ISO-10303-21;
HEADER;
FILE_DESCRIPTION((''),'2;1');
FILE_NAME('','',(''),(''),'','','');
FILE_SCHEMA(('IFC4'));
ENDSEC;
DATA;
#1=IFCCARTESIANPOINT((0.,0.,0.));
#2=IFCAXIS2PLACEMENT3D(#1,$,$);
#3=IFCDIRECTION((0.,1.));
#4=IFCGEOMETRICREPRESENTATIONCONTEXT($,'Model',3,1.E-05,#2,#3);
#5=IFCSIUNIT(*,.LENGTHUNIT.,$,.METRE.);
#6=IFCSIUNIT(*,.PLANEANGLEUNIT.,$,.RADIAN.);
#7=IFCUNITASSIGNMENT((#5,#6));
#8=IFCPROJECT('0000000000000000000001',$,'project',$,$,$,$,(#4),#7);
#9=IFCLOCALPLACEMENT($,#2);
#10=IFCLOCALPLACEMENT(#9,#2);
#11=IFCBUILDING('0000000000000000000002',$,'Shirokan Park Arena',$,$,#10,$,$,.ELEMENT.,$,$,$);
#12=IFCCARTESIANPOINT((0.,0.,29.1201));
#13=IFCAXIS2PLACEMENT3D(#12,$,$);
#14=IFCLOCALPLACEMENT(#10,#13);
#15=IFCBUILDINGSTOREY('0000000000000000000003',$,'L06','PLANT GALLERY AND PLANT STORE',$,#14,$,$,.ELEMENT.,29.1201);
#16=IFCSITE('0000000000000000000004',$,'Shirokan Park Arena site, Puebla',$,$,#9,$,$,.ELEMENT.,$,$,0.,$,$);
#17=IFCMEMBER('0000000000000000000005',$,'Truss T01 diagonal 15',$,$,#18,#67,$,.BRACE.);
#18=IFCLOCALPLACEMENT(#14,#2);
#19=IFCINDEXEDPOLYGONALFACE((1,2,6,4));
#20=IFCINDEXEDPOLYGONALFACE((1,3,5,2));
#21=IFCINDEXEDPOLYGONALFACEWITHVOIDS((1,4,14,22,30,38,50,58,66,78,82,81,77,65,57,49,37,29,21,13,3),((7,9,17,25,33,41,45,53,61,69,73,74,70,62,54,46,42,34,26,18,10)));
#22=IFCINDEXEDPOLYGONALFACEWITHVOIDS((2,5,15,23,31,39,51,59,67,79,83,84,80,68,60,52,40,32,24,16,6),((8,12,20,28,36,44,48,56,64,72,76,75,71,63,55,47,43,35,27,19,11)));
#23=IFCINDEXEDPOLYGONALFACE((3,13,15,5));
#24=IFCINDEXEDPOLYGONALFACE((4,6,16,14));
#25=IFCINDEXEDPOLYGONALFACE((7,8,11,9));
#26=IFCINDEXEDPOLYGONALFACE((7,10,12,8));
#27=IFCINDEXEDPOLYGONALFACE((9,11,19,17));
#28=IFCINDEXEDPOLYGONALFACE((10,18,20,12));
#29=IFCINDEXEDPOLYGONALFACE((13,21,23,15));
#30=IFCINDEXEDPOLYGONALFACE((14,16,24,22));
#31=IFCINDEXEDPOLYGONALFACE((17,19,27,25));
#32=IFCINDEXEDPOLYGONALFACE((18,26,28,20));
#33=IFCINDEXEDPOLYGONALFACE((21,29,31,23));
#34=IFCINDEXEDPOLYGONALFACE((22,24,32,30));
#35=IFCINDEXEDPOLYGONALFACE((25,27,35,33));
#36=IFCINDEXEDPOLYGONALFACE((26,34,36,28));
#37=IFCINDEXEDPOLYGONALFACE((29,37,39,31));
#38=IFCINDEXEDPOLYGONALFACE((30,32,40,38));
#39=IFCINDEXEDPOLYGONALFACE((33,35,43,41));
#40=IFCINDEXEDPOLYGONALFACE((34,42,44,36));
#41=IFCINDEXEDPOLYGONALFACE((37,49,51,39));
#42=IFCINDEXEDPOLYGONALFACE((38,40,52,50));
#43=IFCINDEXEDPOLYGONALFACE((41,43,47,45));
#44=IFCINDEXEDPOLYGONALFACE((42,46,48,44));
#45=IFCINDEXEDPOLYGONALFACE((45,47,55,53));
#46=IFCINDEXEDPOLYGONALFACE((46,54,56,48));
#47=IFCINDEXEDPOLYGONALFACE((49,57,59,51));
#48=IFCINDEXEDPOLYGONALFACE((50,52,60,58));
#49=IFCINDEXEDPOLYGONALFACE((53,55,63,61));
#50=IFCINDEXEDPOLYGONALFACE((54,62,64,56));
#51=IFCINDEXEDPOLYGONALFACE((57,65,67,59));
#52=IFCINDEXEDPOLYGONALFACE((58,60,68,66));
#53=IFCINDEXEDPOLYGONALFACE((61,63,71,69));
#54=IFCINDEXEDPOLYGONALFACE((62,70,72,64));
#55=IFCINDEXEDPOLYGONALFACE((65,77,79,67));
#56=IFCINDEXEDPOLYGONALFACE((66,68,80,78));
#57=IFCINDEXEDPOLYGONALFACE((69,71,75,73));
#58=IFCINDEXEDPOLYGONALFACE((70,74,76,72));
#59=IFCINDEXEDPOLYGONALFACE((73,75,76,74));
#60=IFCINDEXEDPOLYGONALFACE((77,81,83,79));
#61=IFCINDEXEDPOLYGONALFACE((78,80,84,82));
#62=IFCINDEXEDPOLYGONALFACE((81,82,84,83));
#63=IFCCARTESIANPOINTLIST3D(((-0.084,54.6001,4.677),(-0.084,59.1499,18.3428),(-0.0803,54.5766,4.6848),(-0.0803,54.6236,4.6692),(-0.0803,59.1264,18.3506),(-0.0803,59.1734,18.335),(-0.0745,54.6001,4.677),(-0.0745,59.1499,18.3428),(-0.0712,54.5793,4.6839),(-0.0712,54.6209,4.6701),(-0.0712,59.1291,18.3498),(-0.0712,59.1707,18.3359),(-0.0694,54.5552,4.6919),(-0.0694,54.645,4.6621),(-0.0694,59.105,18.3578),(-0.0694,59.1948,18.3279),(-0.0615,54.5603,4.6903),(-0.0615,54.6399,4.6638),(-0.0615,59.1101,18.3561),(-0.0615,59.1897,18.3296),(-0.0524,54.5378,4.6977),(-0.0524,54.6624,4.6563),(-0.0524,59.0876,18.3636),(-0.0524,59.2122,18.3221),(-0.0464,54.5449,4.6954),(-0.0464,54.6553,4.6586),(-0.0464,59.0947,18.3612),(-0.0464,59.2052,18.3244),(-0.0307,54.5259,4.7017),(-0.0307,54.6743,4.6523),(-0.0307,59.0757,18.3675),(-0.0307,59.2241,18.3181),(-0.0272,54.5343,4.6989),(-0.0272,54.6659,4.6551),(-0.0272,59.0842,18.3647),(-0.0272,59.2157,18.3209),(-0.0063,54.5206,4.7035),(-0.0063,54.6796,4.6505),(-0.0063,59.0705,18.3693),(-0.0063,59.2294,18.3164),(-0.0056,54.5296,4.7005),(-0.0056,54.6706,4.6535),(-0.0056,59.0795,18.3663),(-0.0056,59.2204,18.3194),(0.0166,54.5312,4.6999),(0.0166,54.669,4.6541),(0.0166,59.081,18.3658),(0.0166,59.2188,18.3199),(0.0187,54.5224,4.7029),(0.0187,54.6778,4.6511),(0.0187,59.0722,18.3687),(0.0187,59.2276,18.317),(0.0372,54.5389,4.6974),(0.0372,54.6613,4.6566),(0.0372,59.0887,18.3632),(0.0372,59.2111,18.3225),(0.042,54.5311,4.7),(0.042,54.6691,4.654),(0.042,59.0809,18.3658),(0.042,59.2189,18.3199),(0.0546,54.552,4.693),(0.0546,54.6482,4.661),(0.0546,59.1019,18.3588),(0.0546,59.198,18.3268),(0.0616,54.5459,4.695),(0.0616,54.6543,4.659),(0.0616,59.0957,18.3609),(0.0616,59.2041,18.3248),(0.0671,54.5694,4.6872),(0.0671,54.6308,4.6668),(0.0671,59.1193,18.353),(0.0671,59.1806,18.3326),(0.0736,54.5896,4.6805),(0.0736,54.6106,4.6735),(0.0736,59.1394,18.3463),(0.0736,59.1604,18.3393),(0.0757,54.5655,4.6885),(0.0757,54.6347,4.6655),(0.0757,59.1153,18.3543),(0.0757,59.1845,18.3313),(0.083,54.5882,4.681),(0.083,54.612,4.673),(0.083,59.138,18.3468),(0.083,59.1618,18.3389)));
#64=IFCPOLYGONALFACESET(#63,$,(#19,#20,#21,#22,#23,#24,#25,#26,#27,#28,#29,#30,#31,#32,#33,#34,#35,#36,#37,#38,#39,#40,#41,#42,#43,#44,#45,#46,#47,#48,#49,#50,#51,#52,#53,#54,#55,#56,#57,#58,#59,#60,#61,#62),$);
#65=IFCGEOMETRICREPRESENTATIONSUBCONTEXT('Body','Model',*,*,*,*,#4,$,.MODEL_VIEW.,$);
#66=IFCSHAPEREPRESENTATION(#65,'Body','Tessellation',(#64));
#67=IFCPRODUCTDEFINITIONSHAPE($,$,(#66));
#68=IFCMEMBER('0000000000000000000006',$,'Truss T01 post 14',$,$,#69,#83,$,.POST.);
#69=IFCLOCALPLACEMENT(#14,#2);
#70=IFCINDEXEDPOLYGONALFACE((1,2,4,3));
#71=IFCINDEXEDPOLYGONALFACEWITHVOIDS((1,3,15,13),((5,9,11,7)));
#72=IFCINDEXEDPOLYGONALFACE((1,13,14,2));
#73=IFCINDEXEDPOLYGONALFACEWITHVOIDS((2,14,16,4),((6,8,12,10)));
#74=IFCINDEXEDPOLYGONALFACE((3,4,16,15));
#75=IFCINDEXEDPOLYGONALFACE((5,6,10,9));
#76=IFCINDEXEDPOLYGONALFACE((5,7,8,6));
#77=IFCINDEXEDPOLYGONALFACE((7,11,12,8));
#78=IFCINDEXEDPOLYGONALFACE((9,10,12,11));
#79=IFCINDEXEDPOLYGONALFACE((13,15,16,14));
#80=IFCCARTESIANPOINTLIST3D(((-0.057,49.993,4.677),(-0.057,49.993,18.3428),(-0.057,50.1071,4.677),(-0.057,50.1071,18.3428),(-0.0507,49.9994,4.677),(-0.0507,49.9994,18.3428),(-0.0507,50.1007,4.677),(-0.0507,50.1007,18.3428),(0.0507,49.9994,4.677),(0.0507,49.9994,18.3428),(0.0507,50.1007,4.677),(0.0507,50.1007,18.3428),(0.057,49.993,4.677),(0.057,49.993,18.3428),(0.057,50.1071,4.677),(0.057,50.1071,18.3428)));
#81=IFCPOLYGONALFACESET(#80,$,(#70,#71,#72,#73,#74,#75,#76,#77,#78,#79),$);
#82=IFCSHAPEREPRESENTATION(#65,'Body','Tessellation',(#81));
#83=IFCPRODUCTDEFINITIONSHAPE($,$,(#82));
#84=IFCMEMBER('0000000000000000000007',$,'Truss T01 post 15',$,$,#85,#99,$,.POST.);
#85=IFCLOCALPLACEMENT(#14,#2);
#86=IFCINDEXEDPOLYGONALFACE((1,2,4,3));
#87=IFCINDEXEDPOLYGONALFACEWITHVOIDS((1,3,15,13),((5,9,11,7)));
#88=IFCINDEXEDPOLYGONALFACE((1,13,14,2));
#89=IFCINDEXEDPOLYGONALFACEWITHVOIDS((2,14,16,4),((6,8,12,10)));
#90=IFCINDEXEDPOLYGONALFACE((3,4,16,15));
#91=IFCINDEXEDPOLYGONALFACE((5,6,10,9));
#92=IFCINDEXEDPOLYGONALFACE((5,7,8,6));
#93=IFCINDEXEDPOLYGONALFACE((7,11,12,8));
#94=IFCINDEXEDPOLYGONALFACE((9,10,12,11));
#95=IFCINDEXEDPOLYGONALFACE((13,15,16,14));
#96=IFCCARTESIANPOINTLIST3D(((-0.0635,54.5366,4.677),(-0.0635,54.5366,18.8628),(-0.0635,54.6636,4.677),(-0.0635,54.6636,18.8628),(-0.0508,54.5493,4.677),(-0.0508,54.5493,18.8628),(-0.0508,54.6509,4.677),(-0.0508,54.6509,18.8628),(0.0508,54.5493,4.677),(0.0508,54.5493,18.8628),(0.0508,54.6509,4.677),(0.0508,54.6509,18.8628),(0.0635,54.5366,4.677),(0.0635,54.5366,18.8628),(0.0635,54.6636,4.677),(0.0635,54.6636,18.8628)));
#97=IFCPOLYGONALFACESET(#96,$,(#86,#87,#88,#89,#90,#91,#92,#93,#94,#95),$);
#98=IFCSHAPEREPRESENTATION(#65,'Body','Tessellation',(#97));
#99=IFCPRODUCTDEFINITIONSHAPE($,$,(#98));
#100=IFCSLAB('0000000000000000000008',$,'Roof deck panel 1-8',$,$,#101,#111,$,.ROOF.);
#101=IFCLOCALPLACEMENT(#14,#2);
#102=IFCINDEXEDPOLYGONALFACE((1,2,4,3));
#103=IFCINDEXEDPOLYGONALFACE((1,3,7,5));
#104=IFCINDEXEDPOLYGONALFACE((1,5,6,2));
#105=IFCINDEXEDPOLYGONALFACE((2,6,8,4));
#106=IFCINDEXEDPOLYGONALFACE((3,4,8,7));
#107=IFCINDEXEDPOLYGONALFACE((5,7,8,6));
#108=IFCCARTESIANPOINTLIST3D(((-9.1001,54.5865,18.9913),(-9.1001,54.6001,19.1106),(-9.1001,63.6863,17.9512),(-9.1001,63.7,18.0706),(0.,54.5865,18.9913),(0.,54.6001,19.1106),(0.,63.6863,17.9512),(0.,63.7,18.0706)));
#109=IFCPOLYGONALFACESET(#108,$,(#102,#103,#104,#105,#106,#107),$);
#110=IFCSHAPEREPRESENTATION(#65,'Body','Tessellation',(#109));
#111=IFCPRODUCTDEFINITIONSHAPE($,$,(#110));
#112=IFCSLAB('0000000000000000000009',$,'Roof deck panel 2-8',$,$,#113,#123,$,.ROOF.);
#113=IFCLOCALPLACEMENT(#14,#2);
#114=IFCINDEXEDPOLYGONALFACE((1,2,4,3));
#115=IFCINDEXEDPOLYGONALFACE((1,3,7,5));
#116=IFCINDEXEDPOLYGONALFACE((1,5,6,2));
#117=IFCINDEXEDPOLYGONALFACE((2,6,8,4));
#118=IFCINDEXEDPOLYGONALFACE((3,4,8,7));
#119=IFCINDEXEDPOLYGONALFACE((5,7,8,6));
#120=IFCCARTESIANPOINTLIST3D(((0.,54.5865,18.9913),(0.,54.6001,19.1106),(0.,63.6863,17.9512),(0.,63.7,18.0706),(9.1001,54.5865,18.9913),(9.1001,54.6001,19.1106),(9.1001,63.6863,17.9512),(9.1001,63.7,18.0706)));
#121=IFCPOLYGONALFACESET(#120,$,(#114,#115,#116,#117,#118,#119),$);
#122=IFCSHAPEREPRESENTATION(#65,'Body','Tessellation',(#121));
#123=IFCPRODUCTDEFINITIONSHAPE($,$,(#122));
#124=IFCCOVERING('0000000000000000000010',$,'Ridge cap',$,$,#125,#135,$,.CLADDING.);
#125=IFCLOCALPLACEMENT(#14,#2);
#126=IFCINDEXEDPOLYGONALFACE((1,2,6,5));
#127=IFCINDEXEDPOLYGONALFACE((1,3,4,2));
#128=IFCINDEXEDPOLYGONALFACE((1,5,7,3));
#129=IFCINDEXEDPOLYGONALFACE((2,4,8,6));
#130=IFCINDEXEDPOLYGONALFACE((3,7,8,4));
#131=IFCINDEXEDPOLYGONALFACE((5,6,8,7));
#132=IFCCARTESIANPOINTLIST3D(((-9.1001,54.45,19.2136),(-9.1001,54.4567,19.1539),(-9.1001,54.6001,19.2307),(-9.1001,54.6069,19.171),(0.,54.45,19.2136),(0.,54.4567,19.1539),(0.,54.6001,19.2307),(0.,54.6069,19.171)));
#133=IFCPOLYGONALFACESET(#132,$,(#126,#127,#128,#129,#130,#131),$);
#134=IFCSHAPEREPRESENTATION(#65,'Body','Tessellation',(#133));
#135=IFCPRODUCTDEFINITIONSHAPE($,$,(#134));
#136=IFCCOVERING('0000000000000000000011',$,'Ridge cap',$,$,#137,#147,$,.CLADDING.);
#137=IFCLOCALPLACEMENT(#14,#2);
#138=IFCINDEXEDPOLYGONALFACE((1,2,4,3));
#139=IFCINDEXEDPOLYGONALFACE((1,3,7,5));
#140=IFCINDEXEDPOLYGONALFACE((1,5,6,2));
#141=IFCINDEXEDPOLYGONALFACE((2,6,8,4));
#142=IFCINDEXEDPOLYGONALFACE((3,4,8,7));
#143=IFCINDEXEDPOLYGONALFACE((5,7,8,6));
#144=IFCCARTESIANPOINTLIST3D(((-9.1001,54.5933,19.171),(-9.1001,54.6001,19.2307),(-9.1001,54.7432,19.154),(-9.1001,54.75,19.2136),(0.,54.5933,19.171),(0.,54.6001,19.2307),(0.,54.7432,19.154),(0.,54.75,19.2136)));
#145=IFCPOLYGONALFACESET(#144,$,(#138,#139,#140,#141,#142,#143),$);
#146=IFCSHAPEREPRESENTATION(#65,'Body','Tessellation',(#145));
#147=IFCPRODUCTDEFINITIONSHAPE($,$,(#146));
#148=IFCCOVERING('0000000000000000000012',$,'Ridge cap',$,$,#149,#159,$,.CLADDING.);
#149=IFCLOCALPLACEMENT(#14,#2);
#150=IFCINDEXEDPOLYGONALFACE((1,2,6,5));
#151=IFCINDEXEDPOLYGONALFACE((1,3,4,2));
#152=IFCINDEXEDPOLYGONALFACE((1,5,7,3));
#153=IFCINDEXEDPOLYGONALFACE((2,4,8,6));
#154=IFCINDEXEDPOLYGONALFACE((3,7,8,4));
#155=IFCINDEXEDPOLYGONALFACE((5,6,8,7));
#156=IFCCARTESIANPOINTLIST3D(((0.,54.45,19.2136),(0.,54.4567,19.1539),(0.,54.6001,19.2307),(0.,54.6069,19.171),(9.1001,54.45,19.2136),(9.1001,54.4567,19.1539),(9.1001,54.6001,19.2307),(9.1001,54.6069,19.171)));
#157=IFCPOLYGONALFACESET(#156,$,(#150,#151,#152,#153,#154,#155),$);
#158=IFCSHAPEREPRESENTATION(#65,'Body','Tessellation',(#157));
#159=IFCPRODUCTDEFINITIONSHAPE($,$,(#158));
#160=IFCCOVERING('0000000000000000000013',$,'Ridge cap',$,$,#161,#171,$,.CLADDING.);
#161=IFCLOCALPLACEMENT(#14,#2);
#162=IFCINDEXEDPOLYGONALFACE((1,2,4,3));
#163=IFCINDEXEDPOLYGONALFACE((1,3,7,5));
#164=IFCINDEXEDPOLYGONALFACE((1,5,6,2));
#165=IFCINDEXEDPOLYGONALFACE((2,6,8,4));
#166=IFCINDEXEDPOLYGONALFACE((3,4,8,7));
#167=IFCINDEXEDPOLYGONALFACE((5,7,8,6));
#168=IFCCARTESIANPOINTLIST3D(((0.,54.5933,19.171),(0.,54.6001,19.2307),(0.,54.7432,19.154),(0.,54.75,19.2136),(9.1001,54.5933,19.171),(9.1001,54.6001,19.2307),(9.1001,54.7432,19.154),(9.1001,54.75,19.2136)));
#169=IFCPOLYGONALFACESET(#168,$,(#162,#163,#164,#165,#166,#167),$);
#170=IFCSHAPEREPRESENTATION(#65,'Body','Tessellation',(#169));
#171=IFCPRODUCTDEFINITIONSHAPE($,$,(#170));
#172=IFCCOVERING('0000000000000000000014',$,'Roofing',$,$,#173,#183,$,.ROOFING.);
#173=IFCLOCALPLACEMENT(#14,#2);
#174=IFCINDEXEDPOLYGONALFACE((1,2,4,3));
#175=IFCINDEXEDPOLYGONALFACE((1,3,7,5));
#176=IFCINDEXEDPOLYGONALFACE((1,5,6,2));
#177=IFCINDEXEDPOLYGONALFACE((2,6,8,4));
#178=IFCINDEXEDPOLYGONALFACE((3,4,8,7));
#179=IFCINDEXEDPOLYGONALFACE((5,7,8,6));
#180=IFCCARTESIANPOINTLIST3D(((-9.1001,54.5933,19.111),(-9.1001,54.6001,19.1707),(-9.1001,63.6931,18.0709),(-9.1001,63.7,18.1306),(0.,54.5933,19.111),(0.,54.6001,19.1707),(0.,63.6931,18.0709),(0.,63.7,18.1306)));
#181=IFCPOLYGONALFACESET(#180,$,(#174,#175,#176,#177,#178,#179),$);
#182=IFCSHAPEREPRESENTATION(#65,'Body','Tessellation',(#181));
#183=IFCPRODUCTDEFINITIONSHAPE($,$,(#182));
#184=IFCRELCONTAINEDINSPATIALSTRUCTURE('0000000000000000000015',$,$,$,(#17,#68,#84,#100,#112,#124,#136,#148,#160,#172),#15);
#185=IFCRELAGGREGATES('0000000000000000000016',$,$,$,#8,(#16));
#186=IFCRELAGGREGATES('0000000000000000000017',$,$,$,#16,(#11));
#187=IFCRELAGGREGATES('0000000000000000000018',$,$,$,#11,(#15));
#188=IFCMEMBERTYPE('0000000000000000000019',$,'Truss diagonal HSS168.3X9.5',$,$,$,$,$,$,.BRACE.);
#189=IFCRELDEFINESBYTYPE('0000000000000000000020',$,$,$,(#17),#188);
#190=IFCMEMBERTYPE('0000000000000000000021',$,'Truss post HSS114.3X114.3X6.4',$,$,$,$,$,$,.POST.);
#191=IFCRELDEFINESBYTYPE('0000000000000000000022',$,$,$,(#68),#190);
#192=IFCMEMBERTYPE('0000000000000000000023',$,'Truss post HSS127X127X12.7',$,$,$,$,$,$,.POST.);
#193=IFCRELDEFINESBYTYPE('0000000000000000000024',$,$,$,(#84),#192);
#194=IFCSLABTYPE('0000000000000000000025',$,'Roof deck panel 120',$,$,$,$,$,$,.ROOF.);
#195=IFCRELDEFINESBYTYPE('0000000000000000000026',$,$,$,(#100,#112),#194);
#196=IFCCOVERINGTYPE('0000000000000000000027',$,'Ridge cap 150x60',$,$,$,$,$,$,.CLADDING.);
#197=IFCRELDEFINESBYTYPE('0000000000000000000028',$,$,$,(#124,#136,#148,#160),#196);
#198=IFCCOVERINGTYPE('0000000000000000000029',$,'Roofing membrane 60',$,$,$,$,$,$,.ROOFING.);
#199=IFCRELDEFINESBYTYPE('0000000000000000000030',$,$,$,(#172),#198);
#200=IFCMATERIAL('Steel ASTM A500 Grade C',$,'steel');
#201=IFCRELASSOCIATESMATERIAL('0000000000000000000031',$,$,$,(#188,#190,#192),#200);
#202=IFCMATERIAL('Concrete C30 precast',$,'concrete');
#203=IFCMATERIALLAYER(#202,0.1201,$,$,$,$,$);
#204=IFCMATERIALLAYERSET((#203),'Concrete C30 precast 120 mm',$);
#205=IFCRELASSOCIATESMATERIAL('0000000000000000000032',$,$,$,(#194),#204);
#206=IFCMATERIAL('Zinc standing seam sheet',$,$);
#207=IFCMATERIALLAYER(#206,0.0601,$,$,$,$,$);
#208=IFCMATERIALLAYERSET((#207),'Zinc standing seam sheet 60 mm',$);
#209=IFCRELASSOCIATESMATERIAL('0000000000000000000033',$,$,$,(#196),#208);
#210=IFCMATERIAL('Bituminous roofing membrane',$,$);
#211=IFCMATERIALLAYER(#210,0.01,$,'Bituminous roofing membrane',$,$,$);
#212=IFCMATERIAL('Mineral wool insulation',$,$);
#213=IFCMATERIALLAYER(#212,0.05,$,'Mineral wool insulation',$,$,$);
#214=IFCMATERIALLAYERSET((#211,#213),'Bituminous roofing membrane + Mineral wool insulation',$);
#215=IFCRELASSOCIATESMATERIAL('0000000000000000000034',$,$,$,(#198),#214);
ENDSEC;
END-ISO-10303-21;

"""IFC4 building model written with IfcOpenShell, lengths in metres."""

from ifc_helpers import new_model, si_unit, direction, frame, origin, origin_2d, place, context, subcontext, project, spatial, polyline, hollow_rectangle, hollow_circle, outline, extrude, material, layer, layer_set, material_profile, profile_set, type_object, element, save


model = new_model("IFC4")

# Units and contexts
model_context = context("Model", 3, precision=1e-05, world=origin(), true_north=direction((0.0, 1.0)))
body_context = subcontext(model_context, "Body", "Model", "MODEL_VIEW")
ifc_project = project(units=[si_unit("LENGTHUNIT", "METRE"), si_unit("PLANEANGLEUNIT", "RADIAN")], contexts=[model_context])

# Site, building, storey
site_placement = place(None, origin())
site = spatial("IfcSite", under=ifc_project, at=site_placement, Name="Shirokan Park Arena site, Puebla", CompositionType="ELEMENT", RefElevation=0.0)
building_placement = place(site_placement, origin())
building = spatial("IfcBuilding", under=site, at=building_placement, Name="Shirokan Park Arena", CompositionType="ELEMENT")
storey_placement = place(building_placement, frame((0.0, 0.0, 29.1201)))
storey = spatial("IfcBuildingStorey", under=building, at=storey_placement, Name="L06", Description="PLANT GALLERY AND PLANT STORE", CompositionType="ELEMENT", Elevation=29.1201)

# Shared definitions
ifc_material_1 = material(Name="Steel ASTM A500 Grade C", Category="steel")

# Members
ifc_material_profile_1 = material_profile(ifc_material_1, hollow_circle(Radius=0.084, WallThickness=0.0095, at=origin_2d()), Name="HSS168.3X9.5")
ifc_profile_set_1 = profile_set([ifc_material_profile_1], Name="Steel ASTM A500 Grade C")
member_type_1 = type_object("IfcMemberType", Name="Truss diagonal HSS168.3X9.5", PredefinedType="BRACE", material=ifc_profile_set_1)
for number, where, z_axis, x_axis, name in (
    (1, (0.0, 54.6001, 4.677), (0.0, 0.315887, 0.948797), (-1.0, 0.0, 0.0), "Truss T01 diagonal 15"),
):
    element("IfcMember", number, at=place(storey_placement, frame(where, z_axis=z_axis, x_axis=x_axis)), inside=storey, type_object=member_type_1, Name=name, PredefinedType="BRACE", context=body_context, shape_type="SweptSolid", body=[
        extrude(hollow_circle(Radius=0.084, WallThickness=0.0095, at=origin_2d()), origin(), (0.0, 0.0, 1.0), 14.4033),
    ])
ifc_material_profile_2 = material_profile(ifc_material_1, hollow_rectangle(XDim=0.114, YDim=0.114, WallThickness=0.0063, at=origin_2d()), Name="HSS114.3X114.3X6.4")
ifc_profile_set_2 = profile_set([ifc_material_profile_2], Name="Steel ASTM A500 Grade C")
member_type_2 = type_object("IfcMemberType", Name="Truss post HSS114.3X114.3X6.4", PredefinedType="POST", material=ifc_profile_set_2)
member_1_placement = place(storey_placement, frame((0.0, 50.05, 4.677), z_axis=(0.0, 0.0, 1.0), x_axis=(1.0, 0.0, 0.0)))
element("IfcMember", 2, at=member_1_placement, inside=storey, type_object=member_type_2, Name="Truss T01 post 14", PredefinedType="POST", context=body_context, shape_type="SweptSolid", body=[
    extrude(hollow_rectangle(XDim=0.114, YDim=0.114, WallThickness=0.0063, at=origin_2d()), origin(), (0.0, 0.0, 1.0), 13.6658),
])
ifc_material_profile_3 = material_profile(ifc_material_1, hollow_rectangle(XDim=0.127, YDim=0.127, WallThickness=0.0127, at=origin_2d()), Name="HSS127X127X12.7")
ifc_profile_set_3 = profile_set([ifc_material_profile_3], Name="Steel ASTM A500 Grade C")
member_type_3 = type_object("IfcMemberType", Name="Truss post HSS127X127X12.7", PredefinedType="POST", material=ifc_profile_set_3)
member_2_placement = place(storey_placement, frame((0.0, 54.6001, 4.677), z_axis=(0.0, 0.0, 1.0), x_axis=(1.0, 0.0, 0.0)))
element("IfcMember", 3, at=member_2_placement, inside=storey, type_object=member_type_3, Name="Truss T01 post 15", PredefinedType="POST", context=body_context, shape_type="SweptSolid", body=[
    extrude(hollow_rectangle(XDim=0.127, YDim=0.127, WallThickness=0.0127, at=origin_2d()), origin(), (0.0, 0.0, 1.0), 14.1858),
])

# Slabs
ifc_material_2 = material(Name="Concrete C30 precast", Category="concrete")
ifc_layer_1 = layer(ifc_material_2, 0.1201)
ifc_layer_set_1 = layer_set([ifc_layer_1], Name="Concrete C30 precast 120 mm")
slab_type = type_object("IfcSlabType", Name="Roof deck panel 120", PredefinedType="ROOF", material=ifc_layer_set_1)
for number, where, z_axis, x_axis, name in (
    (4, (-9.1001, 54.6001, 19.1106), (0.0, 0.113553, 0.993532), (1.0, 0.0, 0.0), "Roof deck panel 1-8"),
    (5, (0.0, 54.6001, 19.1106), (0.0, 0.113553, 0.993532), (1.0, 0.0, 0.0), "Roof deck panel 2-8"),
):
    element("IfcSlab", number, at=place(storey_placement, frame(where, z_axis=z_axis, x_axis=x_axis)), inside=storey, type_object=slab_type, Name=name, PredefinedType="ROOF", context=body_context, shape_type="SweptSolid", body=[
        extrude(outline(polyline([(0.0, 0.0), (9.1001, 0.0), (9.1001, 9.1591), (0.0, 9.1591), (0.0, 0.0)])), origin(), (0.0, 0.0, -1.0), 0.1201),
    ])

# Coverings
ifc_material_3 = material(Name="Zinc standing seam sheet")
ifc_layer_2 = layer(ifc_material_3, 0.0601)
ifc_layer_set_2 = layer_set([ifc_layer_2], Name="Zinc standing seam sheet 60 mm")
covering_type_1 = type_object("IfcCoveringType", Name="Ridge cap 150x60", PredefinedType="CLADDING", material=ifc_layer_set_2)
covering_1_placement = place(storey_placement, frame((-9.1001, 54.45, 19.2136), z_axis=(0.0, -0.113091, 0.993585), x_axis=(1.0, 0.0, 0.0)))
element("IfcCovering", 6, at=covering_1_placement, inside=storey, type_object=covering_type_1, Name="Ridge cap", PredefinedType="CLADDING", context=body_context, shape_type="SweptSolid", body=[
    extrude(outline(polyline([(0.0, 0.0), (9.1001, 0.0), (9.1001, 0.1511), (0.0, 0.1511), (0.0, 0.0)])), origin(), (0.0, 0.0, -1.0), 0.0601),
])
covering_2_placement = place(storey_placement, frame((-9.1001, 54.6001, 19.2307), z_axis=(0.0, 0.113273, 0.993564), x_axis=(1.0, 0.0, 0.0)))
element("IfcCovering", 7, at=covering_2_placement, inside=storey, type_object=covering_type_1, Name="Ridge cap", PredefinedType="CLADDING", context=body_context, shape_type="SweptSolid", body=[
    extrude(outline(polyline([(0.0, 0.0), (9.1001, 0.0), (9.1001, 0.1509), (0.0, 0.1509), (0.0, 0.0)])), origin(), (0.0, 0.0, -1.0), 0.0601),
])
covering_3_placement = place(storey_placement, frame((0.0, 54.45, 19.2136), z_axis=(0.0, -0.113091, 0.993585), x_axis=(1.0, 0.0, 0.0)))
element("IfcCovering", 8, at=covering_3_placement, inside=storey, type_object=covering_type_1, Name="Ridge cap", PredefinedType="CLADDING", context=body_context, shape_type="SweptSolid", body=[
    extrude(outline(polyline([(0.0, 0.0), (9.1001, 0.0), (9.1001, 0.1511), (0.0, 0.1511), (0.0, 0.0)])), origin(), (0.0, 0.0, -1.0), 0.0601),
])
covering_4_placement = place(storey_placement, frame((0.0, 54.6001, 19.2307), z_axis=(0.0, 0.113273, 0.993564), x_axis=(1.0, 0.0, 0.0)))
element("IfcCovering", 9, at=covering_4_placement, inside=storey, type_object=covering_type_1, Name="Ridge cap", PredefinedType="CLADDING", context=body_context, shape_type="SweptSolid", body=[
    extrude(outline(polyline([(0.0, 0.0), (9.1001, 0.0), (9.1001, 0.1509), (0.0, 0.1509), (0.0, 0.0)])), origin(), (0.0, 0.0, -1.0), 0.0601),
])
ifc_material_4 = material(Name="Bituminous roofing membrane")
ifc_layer_3 = layer(ifc_material_4, 0.01, Name="Bituminous roofing membrane")
ifc_material_5 = material(Name="Mineral wool insulation")
ifc_layer_4 = layer(ifc_material_5, 0.05, Name="Mineral wool insulation")
ifc_layer_set_3 = layer_set([ifc_layer_3, ifc_layer_4], Name="Bituminous roofing membrane + Mineral wool insulation")
covering_type_2 = type_object("IfcCoveringType", Name="Roofing membrane 60", PredefinedType="ROOFING", material=ifc_layer_set_3)
for number, where, z_axis, x_axis, name in (
    (10, (-9.1001, 54.6001, 19.1707), (0.0, 0.113553, 0.993532), (1.0, 0.0, 0.0), "Roofing"),
):
    element("IfcCovering", number, at=place(storey_placement, frame(where, z_axis=z_axis, x_axis=x_axis)), inside=storey, type_object=covering_type_2, Name=name, PredefinedType="ROOFING", context=body_context, shape_type="SweptSolid", body=[
        extrude(outline(polyline([(0.0, 0.0), (9.1001, 0.0), (9.1001, 9.1591), (0.0, 9.1591), (0.0, 0.0)])), origin(), (0.0, 0.0, -1.0), 0.0601),
    ])

save(model, "model.ifc")
